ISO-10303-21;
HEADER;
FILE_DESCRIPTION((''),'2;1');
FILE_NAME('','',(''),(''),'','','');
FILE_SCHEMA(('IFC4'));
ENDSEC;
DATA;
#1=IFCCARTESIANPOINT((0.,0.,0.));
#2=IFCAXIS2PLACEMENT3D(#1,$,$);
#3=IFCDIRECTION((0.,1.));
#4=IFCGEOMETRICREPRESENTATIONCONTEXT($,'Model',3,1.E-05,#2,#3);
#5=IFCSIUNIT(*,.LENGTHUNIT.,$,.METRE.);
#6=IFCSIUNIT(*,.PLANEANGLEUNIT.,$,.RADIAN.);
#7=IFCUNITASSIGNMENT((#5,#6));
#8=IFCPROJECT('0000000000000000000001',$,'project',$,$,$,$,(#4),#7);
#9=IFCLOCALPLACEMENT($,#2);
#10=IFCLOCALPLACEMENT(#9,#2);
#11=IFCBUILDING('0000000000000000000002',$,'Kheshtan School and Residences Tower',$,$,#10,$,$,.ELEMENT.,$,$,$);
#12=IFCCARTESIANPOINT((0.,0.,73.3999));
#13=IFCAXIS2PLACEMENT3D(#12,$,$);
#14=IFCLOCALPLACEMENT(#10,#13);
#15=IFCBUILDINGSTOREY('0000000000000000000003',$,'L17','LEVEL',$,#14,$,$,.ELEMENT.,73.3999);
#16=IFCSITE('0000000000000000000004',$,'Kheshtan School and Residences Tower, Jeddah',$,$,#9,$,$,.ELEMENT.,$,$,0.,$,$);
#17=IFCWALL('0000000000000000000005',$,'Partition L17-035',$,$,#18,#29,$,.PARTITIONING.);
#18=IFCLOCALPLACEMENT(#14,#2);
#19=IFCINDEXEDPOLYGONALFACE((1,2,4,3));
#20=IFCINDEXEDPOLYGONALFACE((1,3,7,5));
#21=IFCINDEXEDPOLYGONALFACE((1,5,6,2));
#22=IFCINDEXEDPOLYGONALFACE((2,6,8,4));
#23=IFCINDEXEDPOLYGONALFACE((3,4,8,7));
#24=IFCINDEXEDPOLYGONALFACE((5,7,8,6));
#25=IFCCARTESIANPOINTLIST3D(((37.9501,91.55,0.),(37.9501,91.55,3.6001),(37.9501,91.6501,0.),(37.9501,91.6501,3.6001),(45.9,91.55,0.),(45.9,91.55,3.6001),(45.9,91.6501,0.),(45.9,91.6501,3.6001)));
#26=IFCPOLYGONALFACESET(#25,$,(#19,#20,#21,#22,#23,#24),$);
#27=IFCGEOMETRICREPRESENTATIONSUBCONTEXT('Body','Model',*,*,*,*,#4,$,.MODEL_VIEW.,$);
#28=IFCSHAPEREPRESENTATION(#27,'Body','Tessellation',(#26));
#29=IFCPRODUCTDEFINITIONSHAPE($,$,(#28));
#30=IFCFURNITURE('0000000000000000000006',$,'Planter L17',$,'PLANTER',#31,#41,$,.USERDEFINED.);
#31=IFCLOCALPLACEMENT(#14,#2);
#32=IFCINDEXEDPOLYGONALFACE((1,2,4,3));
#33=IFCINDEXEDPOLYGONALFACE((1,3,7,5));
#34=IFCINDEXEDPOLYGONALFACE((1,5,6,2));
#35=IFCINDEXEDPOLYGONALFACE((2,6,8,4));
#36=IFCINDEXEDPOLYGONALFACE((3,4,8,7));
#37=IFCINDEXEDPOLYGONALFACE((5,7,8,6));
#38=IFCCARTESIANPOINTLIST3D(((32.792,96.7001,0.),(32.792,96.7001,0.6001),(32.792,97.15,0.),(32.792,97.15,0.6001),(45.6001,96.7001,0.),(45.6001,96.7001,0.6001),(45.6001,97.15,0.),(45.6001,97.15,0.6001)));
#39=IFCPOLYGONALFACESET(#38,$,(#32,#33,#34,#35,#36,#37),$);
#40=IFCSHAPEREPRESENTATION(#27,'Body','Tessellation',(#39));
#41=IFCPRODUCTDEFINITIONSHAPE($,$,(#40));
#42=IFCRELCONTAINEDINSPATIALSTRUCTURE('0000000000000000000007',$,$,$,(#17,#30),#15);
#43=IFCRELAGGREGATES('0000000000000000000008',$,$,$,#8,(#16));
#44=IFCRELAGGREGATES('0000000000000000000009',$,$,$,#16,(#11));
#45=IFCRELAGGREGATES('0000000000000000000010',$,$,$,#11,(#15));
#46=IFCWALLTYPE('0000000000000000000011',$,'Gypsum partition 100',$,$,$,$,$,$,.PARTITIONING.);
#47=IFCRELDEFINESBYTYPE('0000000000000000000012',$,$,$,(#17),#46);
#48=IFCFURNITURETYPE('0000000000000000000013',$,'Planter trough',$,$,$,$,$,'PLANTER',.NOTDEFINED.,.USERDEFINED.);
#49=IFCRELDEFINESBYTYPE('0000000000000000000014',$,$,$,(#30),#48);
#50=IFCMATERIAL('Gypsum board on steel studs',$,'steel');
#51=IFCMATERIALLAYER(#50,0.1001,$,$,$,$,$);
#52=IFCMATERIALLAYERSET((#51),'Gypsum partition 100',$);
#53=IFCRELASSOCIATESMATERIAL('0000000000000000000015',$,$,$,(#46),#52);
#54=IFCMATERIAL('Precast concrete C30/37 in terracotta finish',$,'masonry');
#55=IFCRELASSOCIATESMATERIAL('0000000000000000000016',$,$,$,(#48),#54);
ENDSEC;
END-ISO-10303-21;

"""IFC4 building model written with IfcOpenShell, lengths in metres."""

from ifc_helpers import new_model, si_unit, direction, frame, frame_2d, origin, origin_2d, place, context, subcontext, project, spatial, rectangle, extrude, material, layer, layer_set, type_object, element, save


model = new_model("IFC4")

# Units and contexts
model_context = context("Model", 3, precision=1e-05, world=origin(), true_north=direction((0.0, 1.0)))
body_context = subcontext(model_context, "Body", "Model", "MODEL_VIEW")
ifc_project = project(units=[si_unit("LENGTHUNIT", "METRE"), si_unit("PLANEANGLEUNIT", "RADIAN")], contexts=[model_context])

# Site, building, storey
site_placement = place(None, origin())
site = spatial("IfcSite", under=ifc_project, at=site_placement, Name="Kheshtan School and Residences Tower, Jeddah", CompositionType="ELEMENT", RefElevation=0.0)
building_placement = place(site_placement, origin())
building = spatial("IfcBuilding", under=site, at=building_placement, Name="Kheshtan School and Residences Tower", CompositionType="ELEMENT")
storey_placement = place(building_placement, frame((0.0, 0.0, 73.3999)))
storey = spatial("IfcBuildingStorey", under=building, at=storey_placement, Name="L17", Description="LEVEL", CompositionType="ELEMENT", Elevation=73.3999)

# Shared definitions
ifc_material_1 = material(Name="Gypsum board on steel studs", Category="steel")
ifc_layer_1 = layer(ifc_material_1, 0.1001)
ifc_layer_set_1 = layer_set([ifc_layer_1], Name="Gypsum partition 100")
wall_type_1 = type_object("IfcWallType", Name="Gypsum partition 100", PredefinedType="PARTITIONING", material=ifc_layer_set_1)

# Wall
wall_1_placement = place(storey_placement, frame((37.95, 91.6001, 0.0), z_axis=(0.0, 0.0, 1.0), x_axis=(1.0, 0.0, 0.0)))
element("IfcWall", 1, at=wall_1_placement, inside=storey, type_object=wall_type_1, Name="Partition L17-035", PredefinedType="PARTITIONING", context=body_context, shape_type="SweptSolid", body=[
    extrude(rectangle(XDim=7.95, YDim=0.1001, at=frame_2d((3.9751, 0.0))), origin(), (0.0, 0.0, 1.0), 3.6001),
])

# Furniture
ifc_material_2 = material(Name="Precast concrete C30/37 in terracotta finish", Category="masonry")
furniture_type = type_object("IfcFurnitureType", Name="Planter trough", ElementType="PLANTER", AssemblyPlace="NOTDEFINED", PredefinedType="USERDEFINED", material=ifc_material_2)
furniture_placement = place(storey_placement, frame((39.196, 96.925, 0.0), z_axis=(0.0, 0.0, 1.0), x_axis=(1.0, 0.0, 0.0)))
element("IfcFurniture", 2, at=furniture_placement, inside=storey, type_object=furniture_type, Name="Planter L17", ObjectType="PLANTER", PredefinedType="USERDEFINED", context=body_context, shape_type="SweptSolid", body=[
    extrude(rectangle(XDim=12.8081, YDim=0.45, at=origin_2d()), origin(), (0.0, 0.0, 1.0), 0.6001),
])

save(model, "model.ifc")
